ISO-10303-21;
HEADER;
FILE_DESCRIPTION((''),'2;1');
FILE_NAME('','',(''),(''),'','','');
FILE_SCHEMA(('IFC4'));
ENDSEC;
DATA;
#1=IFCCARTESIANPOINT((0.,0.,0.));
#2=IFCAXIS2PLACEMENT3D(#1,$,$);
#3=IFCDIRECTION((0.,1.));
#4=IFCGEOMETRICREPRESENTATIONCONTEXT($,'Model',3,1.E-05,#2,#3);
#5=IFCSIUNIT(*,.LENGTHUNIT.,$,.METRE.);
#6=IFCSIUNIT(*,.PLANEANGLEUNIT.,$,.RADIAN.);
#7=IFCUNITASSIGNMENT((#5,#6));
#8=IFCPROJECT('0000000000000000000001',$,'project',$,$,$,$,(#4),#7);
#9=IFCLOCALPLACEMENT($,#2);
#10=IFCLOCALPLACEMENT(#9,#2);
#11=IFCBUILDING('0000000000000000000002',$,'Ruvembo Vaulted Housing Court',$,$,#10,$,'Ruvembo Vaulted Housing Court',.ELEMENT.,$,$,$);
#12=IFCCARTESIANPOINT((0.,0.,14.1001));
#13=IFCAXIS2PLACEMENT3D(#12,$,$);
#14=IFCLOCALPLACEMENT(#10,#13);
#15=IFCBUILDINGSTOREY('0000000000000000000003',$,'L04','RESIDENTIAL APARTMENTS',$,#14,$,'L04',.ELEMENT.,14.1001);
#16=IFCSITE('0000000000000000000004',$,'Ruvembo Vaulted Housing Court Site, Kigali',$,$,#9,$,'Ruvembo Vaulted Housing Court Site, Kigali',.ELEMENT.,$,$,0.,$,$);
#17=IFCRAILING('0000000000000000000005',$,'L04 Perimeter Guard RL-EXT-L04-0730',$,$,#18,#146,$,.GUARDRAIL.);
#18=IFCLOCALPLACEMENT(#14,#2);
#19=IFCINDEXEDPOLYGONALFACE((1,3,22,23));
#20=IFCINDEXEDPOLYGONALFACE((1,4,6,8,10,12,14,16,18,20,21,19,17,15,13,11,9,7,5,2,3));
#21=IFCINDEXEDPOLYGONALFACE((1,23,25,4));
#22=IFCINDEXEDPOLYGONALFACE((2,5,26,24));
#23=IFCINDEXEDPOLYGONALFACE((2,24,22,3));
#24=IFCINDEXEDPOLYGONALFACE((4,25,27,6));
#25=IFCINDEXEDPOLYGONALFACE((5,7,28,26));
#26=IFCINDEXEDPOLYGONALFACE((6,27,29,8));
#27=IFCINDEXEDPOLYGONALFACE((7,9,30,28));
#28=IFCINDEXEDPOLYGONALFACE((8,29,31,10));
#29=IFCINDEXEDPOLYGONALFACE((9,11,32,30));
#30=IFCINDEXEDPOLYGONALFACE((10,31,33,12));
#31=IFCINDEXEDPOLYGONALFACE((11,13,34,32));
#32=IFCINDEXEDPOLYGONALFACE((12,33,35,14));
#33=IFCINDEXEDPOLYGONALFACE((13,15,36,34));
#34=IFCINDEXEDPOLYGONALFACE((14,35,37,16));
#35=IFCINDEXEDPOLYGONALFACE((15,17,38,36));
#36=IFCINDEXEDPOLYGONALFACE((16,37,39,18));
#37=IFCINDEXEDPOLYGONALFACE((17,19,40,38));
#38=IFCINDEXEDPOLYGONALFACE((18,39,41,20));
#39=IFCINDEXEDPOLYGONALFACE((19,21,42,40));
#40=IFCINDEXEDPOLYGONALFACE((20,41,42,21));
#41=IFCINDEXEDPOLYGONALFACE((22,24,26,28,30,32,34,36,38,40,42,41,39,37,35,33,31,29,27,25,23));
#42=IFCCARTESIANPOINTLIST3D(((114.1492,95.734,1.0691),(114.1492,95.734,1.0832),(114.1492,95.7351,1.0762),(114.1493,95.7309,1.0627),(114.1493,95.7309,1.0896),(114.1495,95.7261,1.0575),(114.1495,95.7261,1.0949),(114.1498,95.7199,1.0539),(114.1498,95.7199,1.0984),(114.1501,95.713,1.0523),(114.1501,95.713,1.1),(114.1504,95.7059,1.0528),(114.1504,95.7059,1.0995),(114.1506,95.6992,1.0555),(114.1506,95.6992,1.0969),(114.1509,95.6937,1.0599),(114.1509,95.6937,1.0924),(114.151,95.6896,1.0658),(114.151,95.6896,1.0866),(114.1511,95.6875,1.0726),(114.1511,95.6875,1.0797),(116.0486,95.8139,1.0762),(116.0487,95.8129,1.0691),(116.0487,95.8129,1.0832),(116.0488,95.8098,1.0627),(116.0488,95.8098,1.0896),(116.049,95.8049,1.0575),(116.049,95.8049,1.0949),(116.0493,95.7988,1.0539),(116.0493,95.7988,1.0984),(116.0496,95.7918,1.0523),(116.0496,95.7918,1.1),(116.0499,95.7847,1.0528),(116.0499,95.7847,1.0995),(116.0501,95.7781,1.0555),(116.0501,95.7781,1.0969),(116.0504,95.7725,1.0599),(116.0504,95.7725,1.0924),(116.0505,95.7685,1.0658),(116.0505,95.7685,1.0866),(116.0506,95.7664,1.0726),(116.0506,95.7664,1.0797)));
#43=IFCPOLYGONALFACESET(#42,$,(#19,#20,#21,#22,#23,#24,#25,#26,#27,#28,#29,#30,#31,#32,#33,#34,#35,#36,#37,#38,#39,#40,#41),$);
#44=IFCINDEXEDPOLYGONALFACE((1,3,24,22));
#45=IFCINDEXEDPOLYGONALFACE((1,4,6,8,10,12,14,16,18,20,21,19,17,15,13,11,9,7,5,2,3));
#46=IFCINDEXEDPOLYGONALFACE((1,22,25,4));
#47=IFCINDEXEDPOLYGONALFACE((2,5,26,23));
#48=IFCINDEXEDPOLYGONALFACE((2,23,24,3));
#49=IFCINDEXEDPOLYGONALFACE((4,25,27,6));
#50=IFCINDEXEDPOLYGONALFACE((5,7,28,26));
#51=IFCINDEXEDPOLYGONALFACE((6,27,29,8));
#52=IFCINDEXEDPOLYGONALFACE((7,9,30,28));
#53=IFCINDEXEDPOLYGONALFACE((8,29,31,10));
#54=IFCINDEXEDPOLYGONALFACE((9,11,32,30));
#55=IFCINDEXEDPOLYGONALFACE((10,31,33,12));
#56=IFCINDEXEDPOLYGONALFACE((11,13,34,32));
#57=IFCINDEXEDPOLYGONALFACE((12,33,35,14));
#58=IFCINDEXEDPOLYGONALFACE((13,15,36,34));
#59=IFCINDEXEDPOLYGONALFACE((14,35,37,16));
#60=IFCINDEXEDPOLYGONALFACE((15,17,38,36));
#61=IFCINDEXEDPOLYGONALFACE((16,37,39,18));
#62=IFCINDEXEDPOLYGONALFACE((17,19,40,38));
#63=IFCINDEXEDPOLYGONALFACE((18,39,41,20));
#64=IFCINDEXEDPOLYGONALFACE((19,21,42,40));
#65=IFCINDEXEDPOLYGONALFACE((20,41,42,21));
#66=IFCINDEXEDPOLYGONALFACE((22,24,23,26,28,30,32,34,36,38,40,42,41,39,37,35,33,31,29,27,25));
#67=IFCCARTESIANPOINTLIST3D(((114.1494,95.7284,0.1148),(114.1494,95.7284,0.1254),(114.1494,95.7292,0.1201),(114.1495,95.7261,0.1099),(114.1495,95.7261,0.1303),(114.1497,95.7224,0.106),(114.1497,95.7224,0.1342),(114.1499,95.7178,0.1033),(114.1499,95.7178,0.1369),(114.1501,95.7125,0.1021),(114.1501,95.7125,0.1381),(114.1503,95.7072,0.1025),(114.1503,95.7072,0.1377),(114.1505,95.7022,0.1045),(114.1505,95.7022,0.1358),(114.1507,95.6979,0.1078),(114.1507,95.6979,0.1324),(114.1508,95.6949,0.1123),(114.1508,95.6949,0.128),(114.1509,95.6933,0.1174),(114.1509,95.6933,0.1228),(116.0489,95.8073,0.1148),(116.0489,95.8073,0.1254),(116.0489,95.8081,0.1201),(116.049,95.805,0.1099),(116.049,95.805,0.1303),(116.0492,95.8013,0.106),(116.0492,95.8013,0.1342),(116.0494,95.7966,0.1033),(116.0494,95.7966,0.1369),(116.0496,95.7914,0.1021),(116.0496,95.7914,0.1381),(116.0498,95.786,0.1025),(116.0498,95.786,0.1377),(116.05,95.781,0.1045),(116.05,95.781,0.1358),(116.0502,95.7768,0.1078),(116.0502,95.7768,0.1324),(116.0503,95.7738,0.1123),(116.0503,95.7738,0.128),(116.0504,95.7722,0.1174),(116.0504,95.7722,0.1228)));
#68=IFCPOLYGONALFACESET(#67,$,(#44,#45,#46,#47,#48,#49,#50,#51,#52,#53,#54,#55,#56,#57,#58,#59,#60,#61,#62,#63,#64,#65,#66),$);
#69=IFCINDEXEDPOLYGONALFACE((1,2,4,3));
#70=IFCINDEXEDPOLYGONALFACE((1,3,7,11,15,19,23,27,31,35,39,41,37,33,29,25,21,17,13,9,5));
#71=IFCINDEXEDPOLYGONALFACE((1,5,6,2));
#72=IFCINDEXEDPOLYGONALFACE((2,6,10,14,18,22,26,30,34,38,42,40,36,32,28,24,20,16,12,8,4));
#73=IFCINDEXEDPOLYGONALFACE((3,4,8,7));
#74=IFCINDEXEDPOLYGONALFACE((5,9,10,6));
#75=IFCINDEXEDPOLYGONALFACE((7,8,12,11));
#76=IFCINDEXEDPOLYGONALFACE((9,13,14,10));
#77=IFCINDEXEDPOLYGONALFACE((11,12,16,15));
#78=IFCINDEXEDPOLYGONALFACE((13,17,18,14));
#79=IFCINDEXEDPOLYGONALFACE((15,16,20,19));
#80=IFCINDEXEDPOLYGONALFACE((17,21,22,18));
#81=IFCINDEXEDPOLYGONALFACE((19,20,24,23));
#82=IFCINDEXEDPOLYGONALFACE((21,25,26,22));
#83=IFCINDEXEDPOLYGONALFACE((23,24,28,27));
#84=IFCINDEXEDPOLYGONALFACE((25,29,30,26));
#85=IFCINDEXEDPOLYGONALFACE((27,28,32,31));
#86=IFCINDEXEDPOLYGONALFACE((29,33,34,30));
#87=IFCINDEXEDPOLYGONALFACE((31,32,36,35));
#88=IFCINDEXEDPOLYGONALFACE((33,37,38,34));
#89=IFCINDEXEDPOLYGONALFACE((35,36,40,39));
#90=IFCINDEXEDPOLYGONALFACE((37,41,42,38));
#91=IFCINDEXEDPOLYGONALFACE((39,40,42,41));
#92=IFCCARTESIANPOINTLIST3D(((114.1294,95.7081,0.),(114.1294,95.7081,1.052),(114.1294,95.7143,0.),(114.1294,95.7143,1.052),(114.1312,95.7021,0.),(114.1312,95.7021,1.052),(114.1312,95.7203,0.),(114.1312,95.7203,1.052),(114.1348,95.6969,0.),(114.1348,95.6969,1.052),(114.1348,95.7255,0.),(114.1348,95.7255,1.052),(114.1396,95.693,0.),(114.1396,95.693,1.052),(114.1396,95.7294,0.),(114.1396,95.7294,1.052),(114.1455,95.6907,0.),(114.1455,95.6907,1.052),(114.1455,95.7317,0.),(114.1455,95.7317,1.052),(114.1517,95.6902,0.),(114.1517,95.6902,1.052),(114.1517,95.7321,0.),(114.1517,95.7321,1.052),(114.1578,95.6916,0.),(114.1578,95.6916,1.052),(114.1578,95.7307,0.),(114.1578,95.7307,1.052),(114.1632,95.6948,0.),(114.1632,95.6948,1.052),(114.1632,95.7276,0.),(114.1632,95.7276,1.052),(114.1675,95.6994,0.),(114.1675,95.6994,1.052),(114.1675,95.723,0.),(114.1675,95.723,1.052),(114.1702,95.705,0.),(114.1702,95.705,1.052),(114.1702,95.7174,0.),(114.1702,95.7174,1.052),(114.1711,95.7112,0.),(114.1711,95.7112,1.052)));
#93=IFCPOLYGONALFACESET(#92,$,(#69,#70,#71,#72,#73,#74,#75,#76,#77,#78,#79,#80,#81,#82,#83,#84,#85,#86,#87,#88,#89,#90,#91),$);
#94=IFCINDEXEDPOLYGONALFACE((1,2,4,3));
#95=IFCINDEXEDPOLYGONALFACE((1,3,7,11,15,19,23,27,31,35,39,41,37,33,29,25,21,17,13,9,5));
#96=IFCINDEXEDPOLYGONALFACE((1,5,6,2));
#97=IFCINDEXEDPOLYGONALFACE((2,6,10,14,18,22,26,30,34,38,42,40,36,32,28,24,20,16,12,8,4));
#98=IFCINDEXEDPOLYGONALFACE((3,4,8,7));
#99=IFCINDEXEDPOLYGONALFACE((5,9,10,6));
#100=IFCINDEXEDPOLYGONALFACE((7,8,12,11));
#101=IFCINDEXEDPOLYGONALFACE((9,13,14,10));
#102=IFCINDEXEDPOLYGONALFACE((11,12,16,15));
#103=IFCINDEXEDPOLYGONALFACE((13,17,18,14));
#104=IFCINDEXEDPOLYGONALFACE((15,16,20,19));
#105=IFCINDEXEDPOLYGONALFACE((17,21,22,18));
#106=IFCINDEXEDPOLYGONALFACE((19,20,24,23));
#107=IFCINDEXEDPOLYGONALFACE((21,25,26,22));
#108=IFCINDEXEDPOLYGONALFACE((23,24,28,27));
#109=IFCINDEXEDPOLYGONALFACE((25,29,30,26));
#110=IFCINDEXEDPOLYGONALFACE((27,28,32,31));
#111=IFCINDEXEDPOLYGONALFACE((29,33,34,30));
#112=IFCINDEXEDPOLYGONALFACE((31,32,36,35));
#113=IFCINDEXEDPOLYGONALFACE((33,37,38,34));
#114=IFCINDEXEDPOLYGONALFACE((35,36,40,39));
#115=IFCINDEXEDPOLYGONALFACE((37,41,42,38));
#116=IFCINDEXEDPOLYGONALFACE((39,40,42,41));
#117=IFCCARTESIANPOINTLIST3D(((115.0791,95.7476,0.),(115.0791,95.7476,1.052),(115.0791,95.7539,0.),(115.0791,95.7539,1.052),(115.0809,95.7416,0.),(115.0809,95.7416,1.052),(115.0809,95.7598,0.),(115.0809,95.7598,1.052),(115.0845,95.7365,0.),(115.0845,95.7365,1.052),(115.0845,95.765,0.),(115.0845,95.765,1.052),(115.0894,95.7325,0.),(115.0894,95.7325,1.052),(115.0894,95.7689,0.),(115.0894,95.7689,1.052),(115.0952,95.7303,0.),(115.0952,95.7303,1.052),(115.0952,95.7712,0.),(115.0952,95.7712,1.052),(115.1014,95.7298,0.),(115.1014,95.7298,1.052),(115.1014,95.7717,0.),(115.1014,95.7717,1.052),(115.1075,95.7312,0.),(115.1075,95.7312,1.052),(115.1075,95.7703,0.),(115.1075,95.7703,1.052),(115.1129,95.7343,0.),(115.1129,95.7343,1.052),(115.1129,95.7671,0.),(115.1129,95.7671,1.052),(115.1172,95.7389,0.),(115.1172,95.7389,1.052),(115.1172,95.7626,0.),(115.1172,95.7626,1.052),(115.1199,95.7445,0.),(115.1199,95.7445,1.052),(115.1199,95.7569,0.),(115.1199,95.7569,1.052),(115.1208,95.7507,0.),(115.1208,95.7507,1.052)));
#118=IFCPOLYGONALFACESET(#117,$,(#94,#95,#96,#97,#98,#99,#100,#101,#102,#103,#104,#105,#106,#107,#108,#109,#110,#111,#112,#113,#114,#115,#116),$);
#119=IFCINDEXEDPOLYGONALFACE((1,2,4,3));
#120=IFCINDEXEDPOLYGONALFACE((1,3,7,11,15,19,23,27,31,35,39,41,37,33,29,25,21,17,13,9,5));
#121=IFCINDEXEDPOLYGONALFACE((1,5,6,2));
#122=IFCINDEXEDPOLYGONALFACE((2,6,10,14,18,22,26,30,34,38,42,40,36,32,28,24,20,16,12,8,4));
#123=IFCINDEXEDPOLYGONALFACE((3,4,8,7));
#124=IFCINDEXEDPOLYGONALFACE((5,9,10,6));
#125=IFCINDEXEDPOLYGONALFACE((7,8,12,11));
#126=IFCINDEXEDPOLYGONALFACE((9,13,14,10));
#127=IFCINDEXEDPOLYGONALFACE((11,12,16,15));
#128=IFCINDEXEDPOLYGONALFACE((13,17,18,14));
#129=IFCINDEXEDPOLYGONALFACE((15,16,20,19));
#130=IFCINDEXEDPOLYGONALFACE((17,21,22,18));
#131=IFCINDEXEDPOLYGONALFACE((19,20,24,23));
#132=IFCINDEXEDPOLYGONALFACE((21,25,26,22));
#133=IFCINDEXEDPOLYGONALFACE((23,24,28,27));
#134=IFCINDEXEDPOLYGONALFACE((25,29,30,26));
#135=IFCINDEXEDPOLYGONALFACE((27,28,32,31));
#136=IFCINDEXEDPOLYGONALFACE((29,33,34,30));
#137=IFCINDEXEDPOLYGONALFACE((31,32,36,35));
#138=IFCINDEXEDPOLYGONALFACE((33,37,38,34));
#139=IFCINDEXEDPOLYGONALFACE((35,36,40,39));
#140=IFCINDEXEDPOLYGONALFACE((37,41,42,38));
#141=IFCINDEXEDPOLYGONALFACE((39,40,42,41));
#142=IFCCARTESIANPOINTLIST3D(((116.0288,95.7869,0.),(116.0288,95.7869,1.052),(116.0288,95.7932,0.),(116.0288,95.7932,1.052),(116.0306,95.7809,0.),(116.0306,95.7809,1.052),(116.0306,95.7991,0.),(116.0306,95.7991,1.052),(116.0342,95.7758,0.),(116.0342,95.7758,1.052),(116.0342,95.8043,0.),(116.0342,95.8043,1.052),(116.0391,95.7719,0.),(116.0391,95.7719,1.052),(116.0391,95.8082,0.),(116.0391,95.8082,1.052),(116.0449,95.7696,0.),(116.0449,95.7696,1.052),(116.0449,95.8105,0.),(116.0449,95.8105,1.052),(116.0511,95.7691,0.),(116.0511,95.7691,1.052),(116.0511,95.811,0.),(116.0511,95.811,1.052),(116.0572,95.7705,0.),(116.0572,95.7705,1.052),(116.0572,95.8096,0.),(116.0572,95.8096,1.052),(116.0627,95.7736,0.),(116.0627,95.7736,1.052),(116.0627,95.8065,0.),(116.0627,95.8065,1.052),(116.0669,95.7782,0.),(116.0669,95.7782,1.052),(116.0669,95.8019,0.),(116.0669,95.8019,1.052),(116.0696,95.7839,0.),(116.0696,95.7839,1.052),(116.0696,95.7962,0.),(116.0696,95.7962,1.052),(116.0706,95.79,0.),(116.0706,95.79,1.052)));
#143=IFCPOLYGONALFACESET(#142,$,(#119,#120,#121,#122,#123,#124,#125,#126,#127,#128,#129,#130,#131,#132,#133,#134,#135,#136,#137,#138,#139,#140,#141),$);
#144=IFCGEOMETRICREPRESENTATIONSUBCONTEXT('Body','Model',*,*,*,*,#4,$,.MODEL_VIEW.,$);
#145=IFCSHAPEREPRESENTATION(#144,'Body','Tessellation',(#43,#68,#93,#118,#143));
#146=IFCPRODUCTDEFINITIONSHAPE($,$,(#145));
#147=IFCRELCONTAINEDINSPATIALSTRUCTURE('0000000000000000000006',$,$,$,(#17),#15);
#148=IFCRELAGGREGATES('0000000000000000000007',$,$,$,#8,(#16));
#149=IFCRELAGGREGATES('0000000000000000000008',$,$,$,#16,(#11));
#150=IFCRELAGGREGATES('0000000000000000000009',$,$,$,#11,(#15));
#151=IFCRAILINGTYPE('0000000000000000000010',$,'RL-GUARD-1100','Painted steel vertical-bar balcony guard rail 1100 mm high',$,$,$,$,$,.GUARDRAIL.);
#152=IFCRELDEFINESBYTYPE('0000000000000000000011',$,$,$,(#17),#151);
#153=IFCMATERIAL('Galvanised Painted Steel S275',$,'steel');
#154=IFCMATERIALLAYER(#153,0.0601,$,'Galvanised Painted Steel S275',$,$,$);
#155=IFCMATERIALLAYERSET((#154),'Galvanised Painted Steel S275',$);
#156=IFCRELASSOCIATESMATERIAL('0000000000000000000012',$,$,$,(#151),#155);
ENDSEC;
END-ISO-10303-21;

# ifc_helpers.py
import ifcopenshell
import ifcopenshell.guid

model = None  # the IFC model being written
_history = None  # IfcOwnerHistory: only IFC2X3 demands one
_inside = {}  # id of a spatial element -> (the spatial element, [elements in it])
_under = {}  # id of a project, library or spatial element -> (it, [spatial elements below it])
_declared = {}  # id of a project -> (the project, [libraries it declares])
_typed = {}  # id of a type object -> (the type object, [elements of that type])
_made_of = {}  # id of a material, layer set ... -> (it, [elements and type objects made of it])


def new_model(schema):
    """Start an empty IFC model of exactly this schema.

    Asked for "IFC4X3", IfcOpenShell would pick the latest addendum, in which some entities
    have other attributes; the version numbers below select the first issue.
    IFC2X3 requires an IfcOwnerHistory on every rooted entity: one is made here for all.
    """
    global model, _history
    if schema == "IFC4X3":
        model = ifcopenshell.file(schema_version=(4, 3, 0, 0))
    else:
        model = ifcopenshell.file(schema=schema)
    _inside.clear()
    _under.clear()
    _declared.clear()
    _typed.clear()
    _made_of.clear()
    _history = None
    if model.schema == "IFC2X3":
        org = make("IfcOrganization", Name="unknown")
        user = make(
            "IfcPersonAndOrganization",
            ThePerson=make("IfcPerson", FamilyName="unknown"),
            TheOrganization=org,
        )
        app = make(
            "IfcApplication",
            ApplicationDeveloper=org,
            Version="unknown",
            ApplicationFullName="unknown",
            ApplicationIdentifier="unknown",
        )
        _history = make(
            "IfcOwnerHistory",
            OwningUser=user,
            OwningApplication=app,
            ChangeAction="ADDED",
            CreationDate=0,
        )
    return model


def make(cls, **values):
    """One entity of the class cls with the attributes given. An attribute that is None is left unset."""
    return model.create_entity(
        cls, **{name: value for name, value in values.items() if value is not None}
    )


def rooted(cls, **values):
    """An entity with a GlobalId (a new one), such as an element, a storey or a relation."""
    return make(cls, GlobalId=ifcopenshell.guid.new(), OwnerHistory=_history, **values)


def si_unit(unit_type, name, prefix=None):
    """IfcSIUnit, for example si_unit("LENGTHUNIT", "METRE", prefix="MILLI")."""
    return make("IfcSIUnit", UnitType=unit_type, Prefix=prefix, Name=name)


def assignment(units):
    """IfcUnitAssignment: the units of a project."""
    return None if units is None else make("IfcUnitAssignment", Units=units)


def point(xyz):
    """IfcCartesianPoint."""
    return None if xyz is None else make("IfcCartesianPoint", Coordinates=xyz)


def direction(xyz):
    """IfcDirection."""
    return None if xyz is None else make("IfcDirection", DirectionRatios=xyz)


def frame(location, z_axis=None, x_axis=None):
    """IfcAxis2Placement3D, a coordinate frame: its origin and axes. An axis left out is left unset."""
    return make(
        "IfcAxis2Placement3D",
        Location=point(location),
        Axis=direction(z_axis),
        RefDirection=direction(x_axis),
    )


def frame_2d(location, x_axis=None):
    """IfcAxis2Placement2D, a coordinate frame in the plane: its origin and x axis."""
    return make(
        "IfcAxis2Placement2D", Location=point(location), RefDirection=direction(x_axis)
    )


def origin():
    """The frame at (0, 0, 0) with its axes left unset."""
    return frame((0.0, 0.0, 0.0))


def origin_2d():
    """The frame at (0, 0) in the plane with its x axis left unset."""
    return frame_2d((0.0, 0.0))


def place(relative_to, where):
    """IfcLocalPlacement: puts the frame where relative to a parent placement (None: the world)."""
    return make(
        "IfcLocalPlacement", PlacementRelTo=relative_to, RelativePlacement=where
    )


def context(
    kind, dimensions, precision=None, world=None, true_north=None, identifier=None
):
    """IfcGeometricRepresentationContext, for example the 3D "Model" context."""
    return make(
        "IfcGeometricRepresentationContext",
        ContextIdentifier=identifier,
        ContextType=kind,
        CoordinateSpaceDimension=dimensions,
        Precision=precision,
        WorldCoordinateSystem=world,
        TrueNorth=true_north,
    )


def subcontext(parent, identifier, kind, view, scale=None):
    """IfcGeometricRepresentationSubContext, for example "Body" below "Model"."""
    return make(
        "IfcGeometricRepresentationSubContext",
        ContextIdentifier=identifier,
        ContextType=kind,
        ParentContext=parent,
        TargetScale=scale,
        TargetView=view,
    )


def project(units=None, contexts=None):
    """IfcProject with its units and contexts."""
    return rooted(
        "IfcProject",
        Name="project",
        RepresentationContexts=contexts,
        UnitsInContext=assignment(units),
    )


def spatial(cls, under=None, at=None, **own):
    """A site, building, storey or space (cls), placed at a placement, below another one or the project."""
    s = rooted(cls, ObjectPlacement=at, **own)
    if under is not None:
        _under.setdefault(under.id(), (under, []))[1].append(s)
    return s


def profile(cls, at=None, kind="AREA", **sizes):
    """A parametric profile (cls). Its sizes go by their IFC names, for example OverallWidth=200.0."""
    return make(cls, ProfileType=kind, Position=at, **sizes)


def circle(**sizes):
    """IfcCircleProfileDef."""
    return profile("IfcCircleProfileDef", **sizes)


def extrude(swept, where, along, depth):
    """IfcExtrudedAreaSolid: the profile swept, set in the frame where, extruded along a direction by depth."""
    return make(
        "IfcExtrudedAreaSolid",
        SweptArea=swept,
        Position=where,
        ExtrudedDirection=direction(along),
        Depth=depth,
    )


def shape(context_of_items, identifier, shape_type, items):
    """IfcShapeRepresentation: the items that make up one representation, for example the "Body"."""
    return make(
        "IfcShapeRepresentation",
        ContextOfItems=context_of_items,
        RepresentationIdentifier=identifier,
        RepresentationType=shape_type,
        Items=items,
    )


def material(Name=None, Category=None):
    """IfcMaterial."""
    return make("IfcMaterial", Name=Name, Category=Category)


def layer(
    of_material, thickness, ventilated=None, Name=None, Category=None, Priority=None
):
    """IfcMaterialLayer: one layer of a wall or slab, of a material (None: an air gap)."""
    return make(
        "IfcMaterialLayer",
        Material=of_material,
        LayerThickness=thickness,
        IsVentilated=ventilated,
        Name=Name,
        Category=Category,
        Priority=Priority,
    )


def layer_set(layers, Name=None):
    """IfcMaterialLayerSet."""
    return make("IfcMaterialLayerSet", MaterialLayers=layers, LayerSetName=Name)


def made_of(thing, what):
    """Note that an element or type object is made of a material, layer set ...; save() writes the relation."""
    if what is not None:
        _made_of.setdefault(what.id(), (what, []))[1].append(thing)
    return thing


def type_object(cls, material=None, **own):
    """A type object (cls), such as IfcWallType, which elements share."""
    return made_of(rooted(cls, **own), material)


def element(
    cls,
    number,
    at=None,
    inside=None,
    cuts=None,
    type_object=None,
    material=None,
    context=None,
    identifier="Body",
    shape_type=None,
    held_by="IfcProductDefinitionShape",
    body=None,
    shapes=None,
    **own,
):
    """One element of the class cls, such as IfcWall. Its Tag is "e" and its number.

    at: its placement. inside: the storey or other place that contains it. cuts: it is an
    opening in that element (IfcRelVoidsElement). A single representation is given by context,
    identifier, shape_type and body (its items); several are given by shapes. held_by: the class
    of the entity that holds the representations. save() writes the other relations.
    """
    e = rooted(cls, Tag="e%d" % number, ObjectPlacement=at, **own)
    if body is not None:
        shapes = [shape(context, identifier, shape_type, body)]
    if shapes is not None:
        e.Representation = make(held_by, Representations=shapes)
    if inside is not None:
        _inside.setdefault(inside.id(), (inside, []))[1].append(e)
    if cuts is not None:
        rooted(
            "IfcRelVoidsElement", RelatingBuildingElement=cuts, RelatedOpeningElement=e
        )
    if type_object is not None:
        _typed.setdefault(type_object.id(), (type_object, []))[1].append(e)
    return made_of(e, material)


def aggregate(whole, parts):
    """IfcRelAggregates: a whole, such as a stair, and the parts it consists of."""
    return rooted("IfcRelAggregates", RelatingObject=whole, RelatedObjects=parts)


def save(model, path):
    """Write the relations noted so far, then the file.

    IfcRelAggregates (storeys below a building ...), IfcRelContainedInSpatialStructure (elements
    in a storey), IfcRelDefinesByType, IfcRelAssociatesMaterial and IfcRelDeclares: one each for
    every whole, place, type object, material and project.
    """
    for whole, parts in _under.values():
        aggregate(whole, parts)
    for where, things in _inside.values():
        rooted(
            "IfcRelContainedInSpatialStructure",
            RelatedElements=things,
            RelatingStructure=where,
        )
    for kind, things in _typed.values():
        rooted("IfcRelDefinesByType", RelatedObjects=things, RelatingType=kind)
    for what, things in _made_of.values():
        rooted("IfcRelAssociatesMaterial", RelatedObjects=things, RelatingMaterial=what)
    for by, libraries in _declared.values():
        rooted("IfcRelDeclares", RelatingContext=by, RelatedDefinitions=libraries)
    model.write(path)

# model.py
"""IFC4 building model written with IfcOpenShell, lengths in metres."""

from ifc_helpers import new_model, si_unit, direction, frame, origin, origin_2d, place, context, subcontext, project, spatial, circle, extrude, material, layer, layer_set, type_object, element, save


model = new_model("IFC4")

# Units and contexts
model_context = context("Model", 3, precision=1e-05, world=origin(), true_north=direction((0.0, 1.0)))
body_context = subcontext(model_context, "Body", "Model", "MODEL_VIEW")
ifc_project = project(units=[si_unit("LENGTHUNIT", "METRE"), si_unit("PLANEANGLEUNIT", "RADIAN")], contexts=[model_context])

# Site, building, storey
site_placement = place(None, origin())
site = spatial("IfcSite", under=ifc_project, at=site_placement, Name="Ruvembo Vaulted Housing Court Site, Kigali", LongName="Ruvembo Vaulted Housing Court Site, Kigali", CompositionType="ELEMENT", RefElevation=0.0)
building_placement = place(site_placement, origin())
building = spatial("IfcBuilding", under=site, at=building_placement, Name="Ruvembo Vaulted Housing Court", LongName="Ruvembo Vaulted Housing Court", CompositionType="ELEMENT")
storey_placement = place(building_placement, frame((0.0, 0.0, 14.1001)))
storey = spatial("IfcBuildingStorey", under=building, at=storey_placement, Name="L04", Description="RESIDENTIAL APARTMENTS", LongName="L04", CompositionType="ELEMENT", Elevation=14.1001)

# Railing
ifc_material_1 = material(Name="Galvanised Painted Steel S275", Category="steel")
ifc_layer = layer(ifc_material_1, 0.0601, Name="Galvanised Painted Steel S275")
ifc_layer_set = layer_set([ifc_layer], Name="Galvanised Painted Steel S275")
railing_type = type_object("IfcRailingType", Name="RL-GUARD-1100", Description="Painted steel vertical-bar balcony guard rail 1100 mm high", PredefinedType="GUARDRAIL", material=ifc_layer_set)
railing_1_placement = place(storey_placement, frame((114.1501, 95.7112, 0.0)))
element("IfcRailing", 1, at=railing_1_placement, inside=storey, type_object=railing_type, Name="L04 Perimeter Guard RL-EXT-L04-0730", PredefinedType="GUARDRAIL", context=body_context, shape_type="SweptSolid", body=[
    extrude(circle(Radius=0.0239, at=origin_2d()), frame((0.0, 0.0, 1.0762), z_axis=(0.999139, 0.041481, 0.0), x_axis=(-0.041481, 0.999139, 0.0)), (0.0, 0.0, 1.0), 1.9011),
    extrude(circle(Radius=0.0181, at=origin_2d()), frame((0.0, 0.0, 0.1201), z_axis=(0.999139, 0.041481, 0.0), x_axis=(-0.041481, 0.999139, 0.0)), (0.0, 0.0, 1.0), 1.9011),
    extrude(circle(Radius=0.021, at=origin_2d()), origin(), (0.0, 0.0, 1.0), 1.052),
    extrude(circle(Radius=0.021, at=origin_2d()), frame((0.9497, 0.0396, 0.0)), (0.0, 0.0, 1.0), 1.052),
    extrude(circle(Radius=0.021, at=origin_2d()), frame((1.8994, 0.0789, 0.0)), (0.0, 0.0, 1.0), 1.052),
])

save(model, "model.ifc")
